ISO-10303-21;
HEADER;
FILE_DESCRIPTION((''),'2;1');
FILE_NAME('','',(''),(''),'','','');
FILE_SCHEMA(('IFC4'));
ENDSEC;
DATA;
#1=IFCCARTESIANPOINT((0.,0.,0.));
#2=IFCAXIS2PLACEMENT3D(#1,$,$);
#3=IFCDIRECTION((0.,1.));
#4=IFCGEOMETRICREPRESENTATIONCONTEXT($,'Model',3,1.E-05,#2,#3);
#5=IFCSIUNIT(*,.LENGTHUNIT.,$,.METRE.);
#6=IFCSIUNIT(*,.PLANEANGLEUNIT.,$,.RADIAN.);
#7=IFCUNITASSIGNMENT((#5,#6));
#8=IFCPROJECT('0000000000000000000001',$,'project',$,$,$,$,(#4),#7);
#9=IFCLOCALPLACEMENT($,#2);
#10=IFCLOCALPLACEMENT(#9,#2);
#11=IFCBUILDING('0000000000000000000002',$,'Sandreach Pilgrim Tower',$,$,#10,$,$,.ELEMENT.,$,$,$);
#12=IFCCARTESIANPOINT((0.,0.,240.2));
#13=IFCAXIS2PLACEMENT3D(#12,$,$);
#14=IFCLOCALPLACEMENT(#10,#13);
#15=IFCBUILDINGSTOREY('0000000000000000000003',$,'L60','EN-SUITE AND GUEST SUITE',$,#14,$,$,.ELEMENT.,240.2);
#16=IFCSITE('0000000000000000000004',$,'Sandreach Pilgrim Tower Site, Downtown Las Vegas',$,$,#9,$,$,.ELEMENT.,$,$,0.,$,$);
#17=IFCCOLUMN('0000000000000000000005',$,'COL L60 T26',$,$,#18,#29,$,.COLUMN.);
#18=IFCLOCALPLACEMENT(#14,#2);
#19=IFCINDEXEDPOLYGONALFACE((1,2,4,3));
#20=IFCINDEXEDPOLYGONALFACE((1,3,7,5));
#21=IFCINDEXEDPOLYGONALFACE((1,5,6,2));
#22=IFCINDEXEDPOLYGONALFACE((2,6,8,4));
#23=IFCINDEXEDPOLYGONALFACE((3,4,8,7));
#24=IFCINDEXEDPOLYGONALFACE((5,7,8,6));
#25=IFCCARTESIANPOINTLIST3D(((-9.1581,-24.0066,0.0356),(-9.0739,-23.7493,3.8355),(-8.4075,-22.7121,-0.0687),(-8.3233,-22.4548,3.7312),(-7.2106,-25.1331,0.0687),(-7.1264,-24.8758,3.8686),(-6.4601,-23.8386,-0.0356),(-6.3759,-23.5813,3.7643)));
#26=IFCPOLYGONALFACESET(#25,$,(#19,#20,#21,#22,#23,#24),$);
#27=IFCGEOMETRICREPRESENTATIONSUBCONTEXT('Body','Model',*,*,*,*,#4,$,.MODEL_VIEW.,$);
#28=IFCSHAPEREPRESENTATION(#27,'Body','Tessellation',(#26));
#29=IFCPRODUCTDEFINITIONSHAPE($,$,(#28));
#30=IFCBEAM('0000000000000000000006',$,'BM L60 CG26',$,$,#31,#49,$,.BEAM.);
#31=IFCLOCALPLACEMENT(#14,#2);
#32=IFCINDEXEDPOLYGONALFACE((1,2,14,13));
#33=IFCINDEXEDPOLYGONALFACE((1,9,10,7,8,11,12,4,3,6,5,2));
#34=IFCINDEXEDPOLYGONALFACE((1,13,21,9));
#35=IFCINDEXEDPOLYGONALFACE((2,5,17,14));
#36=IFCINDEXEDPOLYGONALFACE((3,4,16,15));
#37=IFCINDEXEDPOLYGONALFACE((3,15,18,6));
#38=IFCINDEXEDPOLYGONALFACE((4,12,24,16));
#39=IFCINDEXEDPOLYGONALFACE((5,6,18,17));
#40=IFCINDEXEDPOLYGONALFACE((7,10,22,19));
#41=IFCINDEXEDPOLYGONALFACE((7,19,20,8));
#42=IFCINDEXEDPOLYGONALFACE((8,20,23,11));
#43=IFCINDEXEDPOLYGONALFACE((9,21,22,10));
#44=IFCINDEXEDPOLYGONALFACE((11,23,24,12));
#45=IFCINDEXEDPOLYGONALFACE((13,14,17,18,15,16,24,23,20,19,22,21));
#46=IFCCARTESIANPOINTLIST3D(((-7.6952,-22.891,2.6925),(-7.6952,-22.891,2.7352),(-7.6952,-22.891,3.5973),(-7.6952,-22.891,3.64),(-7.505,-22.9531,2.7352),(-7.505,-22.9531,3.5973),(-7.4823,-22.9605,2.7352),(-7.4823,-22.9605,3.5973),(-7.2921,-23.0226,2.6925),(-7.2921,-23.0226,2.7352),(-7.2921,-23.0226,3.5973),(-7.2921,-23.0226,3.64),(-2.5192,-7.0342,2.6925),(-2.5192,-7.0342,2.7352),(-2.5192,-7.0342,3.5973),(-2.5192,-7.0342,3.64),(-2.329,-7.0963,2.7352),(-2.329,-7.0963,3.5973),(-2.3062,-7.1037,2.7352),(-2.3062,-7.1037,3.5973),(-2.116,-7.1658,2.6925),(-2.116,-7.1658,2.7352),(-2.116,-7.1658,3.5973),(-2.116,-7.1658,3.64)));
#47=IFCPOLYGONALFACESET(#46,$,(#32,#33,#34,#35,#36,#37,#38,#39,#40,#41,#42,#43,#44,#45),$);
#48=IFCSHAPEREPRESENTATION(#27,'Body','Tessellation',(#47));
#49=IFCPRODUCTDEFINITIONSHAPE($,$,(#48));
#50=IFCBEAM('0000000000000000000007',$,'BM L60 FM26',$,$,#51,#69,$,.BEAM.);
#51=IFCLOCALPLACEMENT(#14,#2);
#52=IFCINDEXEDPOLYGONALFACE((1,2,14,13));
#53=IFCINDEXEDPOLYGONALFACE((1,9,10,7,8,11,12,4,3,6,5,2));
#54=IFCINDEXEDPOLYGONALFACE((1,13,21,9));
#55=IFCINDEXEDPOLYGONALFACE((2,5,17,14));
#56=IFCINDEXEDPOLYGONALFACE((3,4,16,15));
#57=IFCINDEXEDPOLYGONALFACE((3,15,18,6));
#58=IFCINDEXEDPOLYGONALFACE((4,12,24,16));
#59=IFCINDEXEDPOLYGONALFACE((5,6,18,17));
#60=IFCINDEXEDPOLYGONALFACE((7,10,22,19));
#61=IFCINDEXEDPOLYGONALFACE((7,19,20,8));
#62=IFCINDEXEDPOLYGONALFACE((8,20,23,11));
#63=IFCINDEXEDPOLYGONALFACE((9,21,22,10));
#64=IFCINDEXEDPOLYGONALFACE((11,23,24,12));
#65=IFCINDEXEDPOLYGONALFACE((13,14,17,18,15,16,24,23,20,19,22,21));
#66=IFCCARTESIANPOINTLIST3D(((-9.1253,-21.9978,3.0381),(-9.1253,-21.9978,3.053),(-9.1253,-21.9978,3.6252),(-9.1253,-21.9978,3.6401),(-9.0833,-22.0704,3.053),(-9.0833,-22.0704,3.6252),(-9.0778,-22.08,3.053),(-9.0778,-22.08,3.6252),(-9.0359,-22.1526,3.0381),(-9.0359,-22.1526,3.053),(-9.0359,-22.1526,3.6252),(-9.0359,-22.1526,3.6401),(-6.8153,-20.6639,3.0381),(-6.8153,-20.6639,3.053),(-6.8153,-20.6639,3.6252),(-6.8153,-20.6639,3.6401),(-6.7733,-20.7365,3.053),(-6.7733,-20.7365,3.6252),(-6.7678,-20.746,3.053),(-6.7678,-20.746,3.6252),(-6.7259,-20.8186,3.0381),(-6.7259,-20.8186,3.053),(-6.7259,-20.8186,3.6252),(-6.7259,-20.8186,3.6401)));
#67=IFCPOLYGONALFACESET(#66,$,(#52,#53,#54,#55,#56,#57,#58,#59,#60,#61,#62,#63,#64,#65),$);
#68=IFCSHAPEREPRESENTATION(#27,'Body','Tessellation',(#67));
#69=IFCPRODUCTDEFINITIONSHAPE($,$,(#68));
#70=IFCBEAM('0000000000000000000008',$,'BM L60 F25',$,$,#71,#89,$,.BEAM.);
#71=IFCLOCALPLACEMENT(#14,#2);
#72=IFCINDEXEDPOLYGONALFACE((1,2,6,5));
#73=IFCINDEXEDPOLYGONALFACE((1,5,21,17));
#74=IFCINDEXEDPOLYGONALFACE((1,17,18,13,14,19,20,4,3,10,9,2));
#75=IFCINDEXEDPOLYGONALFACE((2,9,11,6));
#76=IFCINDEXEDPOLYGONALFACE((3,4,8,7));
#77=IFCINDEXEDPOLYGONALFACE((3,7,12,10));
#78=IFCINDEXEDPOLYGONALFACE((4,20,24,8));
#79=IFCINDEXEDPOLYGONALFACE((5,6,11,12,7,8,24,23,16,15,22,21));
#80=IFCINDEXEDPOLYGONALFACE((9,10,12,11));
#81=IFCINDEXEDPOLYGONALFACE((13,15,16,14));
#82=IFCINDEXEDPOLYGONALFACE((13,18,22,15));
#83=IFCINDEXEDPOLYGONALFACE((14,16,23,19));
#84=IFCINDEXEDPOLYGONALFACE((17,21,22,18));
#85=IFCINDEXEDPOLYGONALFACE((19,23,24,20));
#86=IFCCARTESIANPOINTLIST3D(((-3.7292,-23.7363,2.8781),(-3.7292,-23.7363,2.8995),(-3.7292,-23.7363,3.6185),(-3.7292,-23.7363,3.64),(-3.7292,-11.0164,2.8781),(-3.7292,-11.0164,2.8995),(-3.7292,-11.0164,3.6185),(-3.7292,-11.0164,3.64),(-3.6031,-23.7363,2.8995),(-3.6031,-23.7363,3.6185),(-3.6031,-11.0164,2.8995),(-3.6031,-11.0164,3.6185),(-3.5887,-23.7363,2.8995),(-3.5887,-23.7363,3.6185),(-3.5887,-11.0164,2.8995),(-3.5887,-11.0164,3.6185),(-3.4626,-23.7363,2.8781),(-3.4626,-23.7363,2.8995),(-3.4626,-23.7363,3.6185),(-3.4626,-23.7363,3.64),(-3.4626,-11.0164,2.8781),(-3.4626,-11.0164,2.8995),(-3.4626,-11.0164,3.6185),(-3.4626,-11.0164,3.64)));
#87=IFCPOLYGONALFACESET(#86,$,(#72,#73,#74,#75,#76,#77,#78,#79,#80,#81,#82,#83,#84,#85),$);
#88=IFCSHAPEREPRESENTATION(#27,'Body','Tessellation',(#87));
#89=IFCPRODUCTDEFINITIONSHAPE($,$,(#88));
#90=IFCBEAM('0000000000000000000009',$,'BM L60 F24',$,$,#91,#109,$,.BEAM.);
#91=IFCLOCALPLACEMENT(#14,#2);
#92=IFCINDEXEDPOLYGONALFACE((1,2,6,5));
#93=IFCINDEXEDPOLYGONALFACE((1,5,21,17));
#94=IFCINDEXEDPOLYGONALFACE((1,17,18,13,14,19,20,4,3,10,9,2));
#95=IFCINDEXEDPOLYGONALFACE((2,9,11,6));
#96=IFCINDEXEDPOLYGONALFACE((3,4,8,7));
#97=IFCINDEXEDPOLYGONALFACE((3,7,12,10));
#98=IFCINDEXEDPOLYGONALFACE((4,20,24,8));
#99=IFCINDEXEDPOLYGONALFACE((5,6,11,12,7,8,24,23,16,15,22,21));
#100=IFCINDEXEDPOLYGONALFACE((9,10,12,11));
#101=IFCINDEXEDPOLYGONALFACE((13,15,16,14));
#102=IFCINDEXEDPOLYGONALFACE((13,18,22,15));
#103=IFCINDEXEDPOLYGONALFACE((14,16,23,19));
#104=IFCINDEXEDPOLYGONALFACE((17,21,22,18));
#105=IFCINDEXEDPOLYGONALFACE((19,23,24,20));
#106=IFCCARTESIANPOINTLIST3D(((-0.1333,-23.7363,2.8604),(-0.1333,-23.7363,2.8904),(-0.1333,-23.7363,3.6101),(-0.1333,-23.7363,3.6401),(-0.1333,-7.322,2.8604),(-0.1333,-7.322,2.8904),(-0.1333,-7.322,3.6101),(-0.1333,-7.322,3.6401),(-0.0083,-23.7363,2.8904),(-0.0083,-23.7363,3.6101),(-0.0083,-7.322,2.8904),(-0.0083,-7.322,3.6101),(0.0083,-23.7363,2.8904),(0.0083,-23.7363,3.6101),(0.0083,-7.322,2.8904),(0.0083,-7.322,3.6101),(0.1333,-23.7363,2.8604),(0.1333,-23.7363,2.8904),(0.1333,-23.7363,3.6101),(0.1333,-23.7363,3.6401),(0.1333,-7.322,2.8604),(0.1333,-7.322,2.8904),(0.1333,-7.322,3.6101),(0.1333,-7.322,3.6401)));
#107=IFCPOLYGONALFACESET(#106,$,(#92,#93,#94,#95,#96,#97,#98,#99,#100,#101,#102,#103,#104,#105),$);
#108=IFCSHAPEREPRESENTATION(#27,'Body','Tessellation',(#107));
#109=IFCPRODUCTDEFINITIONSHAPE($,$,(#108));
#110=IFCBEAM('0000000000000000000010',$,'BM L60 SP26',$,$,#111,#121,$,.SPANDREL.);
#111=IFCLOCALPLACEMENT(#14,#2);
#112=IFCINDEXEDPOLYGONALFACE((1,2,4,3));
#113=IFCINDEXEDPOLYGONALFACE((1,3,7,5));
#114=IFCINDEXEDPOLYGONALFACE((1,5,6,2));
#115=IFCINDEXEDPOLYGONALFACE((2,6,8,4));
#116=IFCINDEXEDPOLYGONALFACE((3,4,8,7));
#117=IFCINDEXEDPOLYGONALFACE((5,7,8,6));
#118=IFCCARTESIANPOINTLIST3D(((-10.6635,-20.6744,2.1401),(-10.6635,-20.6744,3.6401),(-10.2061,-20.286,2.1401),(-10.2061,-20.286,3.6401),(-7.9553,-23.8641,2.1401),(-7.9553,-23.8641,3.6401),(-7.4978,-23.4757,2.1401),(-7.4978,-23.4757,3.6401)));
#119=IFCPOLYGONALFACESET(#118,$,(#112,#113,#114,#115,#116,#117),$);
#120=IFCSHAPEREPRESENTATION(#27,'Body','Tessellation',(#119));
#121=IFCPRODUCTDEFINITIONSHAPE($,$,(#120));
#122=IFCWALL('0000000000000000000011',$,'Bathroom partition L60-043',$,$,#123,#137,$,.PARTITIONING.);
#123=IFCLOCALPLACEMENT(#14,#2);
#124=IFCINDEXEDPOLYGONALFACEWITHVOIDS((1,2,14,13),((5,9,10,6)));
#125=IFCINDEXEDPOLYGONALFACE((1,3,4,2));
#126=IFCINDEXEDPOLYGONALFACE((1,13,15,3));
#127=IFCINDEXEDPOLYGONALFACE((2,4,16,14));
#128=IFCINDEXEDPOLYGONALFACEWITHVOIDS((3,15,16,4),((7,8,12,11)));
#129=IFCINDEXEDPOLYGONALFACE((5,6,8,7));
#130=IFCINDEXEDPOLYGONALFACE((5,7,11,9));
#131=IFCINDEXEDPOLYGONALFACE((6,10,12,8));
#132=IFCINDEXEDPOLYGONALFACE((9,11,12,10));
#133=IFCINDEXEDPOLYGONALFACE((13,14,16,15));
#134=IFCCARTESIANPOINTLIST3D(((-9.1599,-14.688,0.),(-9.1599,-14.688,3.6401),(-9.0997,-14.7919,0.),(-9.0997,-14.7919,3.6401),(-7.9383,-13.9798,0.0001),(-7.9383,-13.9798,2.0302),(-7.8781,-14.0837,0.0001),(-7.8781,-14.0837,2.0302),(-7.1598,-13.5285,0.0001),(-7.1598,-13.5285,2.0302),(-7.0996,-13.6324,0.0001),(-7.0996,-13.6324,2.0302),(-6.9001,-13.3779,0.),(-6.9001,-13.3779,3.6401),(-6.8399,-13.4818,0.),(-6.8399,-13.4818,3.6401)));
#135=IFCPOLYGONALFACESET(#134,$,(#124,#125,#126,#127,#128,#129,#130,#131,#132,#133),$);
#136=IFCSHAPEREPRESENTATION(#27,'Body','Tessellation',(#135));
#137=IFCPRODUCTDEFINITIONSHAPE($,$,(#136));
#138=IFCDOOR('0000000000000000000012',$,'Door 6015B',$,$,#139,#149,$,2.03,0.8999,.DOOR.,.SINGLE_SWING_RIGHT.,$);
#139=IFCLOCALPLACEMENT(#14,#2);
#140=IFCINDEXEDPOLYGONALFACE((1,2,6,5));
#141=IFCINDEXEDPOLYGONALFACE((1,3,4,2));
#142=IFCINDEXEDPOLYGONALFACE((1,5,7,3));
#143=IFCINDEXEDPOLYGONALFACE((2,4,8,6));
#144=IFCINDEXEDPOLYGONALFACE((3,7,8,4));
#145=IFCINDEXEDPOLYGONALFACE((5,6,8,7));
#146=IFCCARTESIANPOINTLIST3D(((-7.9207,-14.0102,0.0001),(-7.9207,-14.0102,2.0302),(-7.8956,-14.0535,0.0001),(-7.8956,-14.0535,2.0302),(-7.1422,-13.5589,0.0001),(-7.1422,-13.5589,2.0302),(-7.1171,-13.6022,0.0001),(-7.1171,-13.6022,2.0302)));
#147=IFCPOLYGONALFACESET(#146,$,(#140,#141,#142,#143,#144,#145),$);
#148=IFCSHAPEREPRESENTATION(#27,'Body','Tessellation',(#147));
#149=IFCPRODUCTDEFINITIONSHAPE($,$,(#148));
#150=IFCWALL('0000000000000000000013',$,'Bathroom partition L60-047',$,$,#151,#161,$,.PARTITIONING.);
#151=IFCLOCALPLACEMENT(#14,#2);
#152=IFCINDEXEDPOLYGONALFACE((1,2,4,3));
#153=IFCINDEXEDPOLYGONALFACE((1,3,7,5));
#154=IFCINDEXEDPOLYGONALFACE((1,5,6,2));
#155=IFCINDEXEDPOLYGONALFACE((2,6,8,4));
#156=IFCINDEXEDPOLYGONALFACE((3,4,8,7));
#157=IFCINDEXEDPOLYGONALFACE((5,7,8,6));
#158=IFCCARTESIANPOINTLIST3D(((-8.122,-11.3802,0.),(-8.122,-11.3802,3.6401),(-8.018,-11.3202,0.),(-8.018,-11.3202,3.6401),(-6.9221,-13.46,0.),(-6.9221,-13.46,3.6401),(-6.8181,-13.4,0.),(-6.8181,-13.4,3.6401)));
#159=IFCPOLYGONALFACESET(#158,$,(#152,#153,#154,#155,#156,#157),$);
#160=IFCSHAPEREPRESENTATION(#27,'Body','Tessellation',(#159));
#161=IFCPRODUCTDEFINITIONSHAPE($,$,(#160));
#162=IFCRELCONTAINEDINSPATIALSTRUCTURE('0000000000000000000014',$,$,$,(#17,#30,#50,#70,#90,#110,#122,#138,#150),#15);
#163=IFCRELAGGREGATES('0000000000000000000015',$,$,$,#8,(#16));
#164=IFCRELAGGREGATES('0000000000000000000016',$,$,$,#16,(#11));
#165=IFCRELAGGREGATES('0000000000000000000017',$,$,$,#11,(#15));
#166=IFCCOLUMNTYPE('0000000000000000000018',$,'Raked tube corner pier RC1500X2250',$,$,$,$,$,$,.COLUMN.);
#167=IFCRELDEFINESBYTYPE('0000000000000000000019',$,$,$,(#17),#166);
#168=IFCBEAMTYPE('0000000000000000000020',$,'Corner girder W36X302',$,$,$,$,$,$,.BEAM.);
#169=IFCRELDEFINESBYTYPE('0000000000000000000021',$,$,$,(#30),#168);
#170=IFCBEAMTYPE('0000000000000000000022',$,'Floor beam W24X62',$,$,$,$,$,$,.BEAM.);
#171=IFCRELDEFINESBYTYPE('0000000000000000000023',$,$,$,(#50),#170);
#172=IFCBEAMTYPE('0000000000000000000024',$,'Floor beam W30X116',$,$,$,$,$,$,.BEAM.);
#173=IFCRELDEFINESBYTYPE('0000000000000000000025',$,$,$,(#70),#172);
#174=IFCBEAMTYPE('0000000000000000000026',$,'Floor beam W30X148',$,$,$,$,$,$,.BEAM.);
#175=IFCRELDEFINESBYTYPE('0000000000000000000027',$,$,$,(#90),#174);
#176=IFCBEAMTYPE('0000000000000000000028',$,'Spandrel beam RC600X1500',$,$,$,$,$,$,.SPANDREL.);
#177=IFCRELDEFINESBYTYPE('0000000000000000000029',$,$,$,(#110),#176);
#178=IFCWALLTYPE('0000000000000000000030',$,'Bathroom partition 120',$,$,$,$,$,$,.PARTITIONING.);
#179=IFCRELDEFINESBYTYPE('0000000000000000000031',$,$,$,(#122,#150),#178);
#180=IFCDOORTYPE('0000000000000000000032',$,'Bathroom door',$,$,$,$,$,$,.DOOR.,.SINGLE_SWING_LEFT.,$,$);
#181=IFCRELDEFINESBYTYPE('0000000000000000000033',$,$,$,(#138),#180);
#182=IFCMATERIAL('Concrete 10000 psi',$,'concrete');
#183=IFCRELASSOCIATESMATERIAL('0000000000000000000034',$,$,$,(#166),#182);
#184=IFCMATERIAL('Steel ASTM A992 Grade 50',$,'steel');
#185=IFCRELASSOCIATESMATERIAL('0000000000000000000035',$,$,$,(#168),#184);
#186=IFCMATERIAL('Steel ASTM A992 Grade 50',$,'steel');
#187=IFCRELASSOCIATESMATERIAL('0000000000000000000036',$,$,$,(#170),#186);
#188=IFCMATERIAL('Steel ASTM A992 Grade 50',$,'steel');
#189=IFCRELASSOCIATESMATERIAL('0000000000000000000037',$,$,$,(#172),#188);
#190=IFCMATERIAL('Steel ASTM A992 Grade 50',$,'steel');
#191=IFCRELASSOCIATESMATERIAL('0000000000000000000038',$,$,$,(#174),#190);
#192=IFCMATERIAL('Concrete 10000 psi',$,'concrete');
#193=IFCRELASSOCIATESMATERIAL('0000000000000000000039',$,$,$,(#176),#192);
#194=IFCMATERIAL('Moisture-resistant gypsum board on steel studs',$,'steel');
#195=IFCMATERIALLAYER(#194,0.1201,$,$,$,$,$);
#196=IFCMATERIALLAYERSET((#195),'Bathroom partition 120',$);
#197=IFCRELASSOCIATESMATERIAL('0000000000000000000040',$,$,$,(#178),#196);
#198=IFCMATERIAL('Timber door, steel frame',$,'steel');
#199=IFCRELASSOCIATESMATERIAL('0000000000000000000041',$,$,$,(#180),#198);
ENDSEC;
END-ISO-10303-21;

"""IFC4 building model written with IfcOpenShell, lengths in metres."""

from ifc_helpers import new_model, si_unit, direction, frame, frame_2d, origin, origin_2d, place, context, subcontext, project, spatial, rectangle, i_section, extrude, material, layer, layer_set, material_profile, profile_set, type_object, element, fill, save


model = new_model("IFC4")

# Units and contexts
model_context = context("Model", 3, precision=1e-05, world=origin(), true_north=direction((0.0, 1.0)))
body_context = subcontext(model_context, "Body", "Model", "MODEL_VIEW")
ifc_project = project(units=[si_unit("LENGTHUNIT", "METRE"), si_unit("PLANEANGLEUNIT", "RADIAN")], contexts=[model_context])

# Site, building, storey
site_placement = place(None, origin())
site = spatial("IfcSite", under=ifc_project, at=site_placement, Name="Sandreach Pilgrim Tower Site, Downtown Las Vegas", CompositionType="ELEMENT", RefElevation=0.0)
building_placement = place(site_placement, origin())
building = spatial("IfcBuilding", under=site, at=building_placement, Name="Sandreach Pilgrim Tower", CompositionType="ELEMENT")
storey_placement = place(building_placement, frame((0.0, 0.0, 240.2)))
storey = spatial("IfcBuildingStorey", under=building, at=storey_placement, Name="L60", Description="EN-SUITE AND GUEST SUITE", CompositionType="ELEMENT", Elevation=240.2)

# Column
ifc_material_1 = material(Name="Concrete 10000 psi", Category="concrete")
ifc_material_profile_1 = material_profile(ifc_material_1, rectangle(XDim=1.5, YDim=2.25, at=origin_2d()), Name="RC1500X2250")
ifc_profile_set_1 = profile_set([ifc_material_profile_1], Name="Concrete 10000 psi")
column_type = type_object("IfcColumnType", Name="Raked tube corner pier RC1500X2250", PredefinedType="COLUMN", material=ifc_profile_set_1)
column_placement = place(storey_placement, frame((-7.8091, -23.9226, 0.0), z_axis=(0.022109, 0.067545, 0.997471), x_axis=(-0.500376, -0.863012, 0.069531)))
element("IfcColumn", 1, at=column_placement, inside=storey, type_object=column_type, Name="COL L60 T26", PredefinedType="COLUMN", context=body_context, shape_type="SweptSolid", body=[
    extrude(rectangle(XDim=1.5, YDim=2.25, at=origin_2d()), origin(), (0.0, 0.0, 1.0), 3.8096),
])

# Beams
ifc_material_2 = material(Name="Steel ASTM A992 Grade 50", Category="steel")
ifc_material_profile_2 = material_profile(ifc_material_2, i_section(OverallWidth=0.4241, OverallDepth=0.9475, WebThickness=0.0239, FlangeThickness=0.0427, at=origin_2d()), Name="W36X302")
ifc_profile_set_2 = profile_set([ifc_material_profile_2], Name="Steel ASTM A992 Grade 50")
beam_type_1 = type_object("IfcBeamType", Name="Corner girder W36X302", PredefinedType="BEAM", material=ifc_profile_set_2)
beam_1_placement = place(storey_placement, frame((-7.4937, -22.9568, 3.1663), z_axis=(0.310311, 0.950635, 0.0), x_axis=(-0.950635, 0.310311, 0.0)))
element("IfcBeam", 2, at=beam_1_placement, inside=storey, type_object=beam_type_1, Name="BM L60 CG26", PredefinedType="BEAM", context=body_context, shape_type="SweptSolid", body=[
    extrude(i_section(OverallWidth=0.4241, OverallDepth=0.9475, WebThickness=0.0239, FlangeThickness=0.0427, at=origin_2d()), origin(), (0.0, 0.0, 1.0), 16.6802),
])
ifc_material_3 = material(Name="Steel ASTM A992 Grade 50", Category="steel")
ifc_material_profile_3 = material_profile(ifc_material_3, i_section(OverallWidth=0.1787, OverallDepth=0.6021, WebThickness=0.011, FlangeThickness=0.0149, at=origin_2d()), Name="W24X62")
ifc_profile_set_3 = profile_set([ifc_material_profile_3], Name="Steel ASTM A992 Grade 50")
beam_type_2 = type_object("IfcBeamType", Name="Floor beam W24X62", PredefinedType="BEAM", material=ifc_profile_set_3)
beam_2_placement = place(storey_placement, frame((-9.0806, -22.0752, 3.3391), z_axis=(0.865981, 0.500076, 0.0), x_axis=(-0.500076, 0.865981, 0.0)))
element("IfcBeam", 3, at=beam_2_placement, inside=storey, type_object=beam_type_2, Name="BM L60 FM26", PredefinedType="BEAM", context=body_context, shape_type="SweptSolid", body=[
    extrude(i_section(OverallWidth=0.1787, OverallDepth=0.6021, WebThickness=0.011, FlangeThickness=0.0149, at=origin_2d()), origin(), (0.0, 0.0, 1.0), 2.6675),
])
ifc_material_4 = material(Name="Steel ASTM A992 Grade 50", Category="steel")
ifc_material_profile_4 = material_profile(ifc_material_4, i_section(OverallWidth=0.2666, OverallDepth=0.762, WebThickness=0.0144, FlangeThickness=0.0215, at=origin_2d()), Name="W30X116")
ifc_profile_set_4 = profile_set([ifc_material_profile_4], Name="Steel ASTM A992 Grade 50")
beam_type_3 = type_object("IfcBeamType", Name="Floor beam W30X116", PredefinedType="BEAM", material=ifc_profile_set_4)
beam_3_placement = place(storey_placement, frame((-3.5959, -23.7363, 3.259), z_axis=(0.0, 1.0, 0.0), x_axis=(-1.0, 0.0, 0.0)))
element("IfcBeam", 4, at=beam_3_placement, inside=storey, type_object=beam_type_3, Name="BM L60 F25", PredefinedType="BEAM", context=body_context, shape_type="SweptSolid", body=[
    extrude(i_section(OverallWidth=0.2666, OverallDepth=0.762, WebThickness=0.0144, FlangeThickness=0.0215, at=origin_2d()), origin(), (0.0, 0.0, 1.0), 12.72),
])
ifc_material_5 = material(Name="Steel ASTM A992 Grade 50", Category="steel")
ifc_material_profile_5 = material_profile(ifc_material_5, i_section(OverallWidth=0.2666, OverallDepth=0.7798, WebThickness=0.0166, FlangeThickness=0.03, at=origin_2d()), Name="W30X148")
ifc_profile_set_5 = profile_set([ifc_material_profile_5], Name="Steel ASTM A992 Grade 50")
beam_type_4 = type_object("IfcBeamType", Name="Floor beam W30X148", PredefinedType="BEAM", material=ifc_profile_set_5)
beam_4_placement = place(storey_placement, frame((0.0, -23.7363, 3.2502), z_axis=(0.0, 1.0, 0.0), x_axis=(-1.0, 0.0, 0.0)))
element("IfcBeam", 5, at=beam_4_placement, inside=storey, type_object=beam_type_4, Name="BM L60 F24", PredefinedType="BEAM", context=body_context, shape_type="SweptSolid", body=[
    extrude(i_section(OverallWidth=0.2666, OverallDepth=0.7798, WebThickness=0.0166, FlangeThickness=0.03, at=origin_2d()), origin(), (0.0, 0.0, 1.0), 16.4143),
])
ifc_material_6 = material(Name="Concrete 10000 psi", Category="concrete")
ifc_material_profile_6 = material_profile(ifc_material_6, rectangle(XDim=0.6001, YDim=1.5, at=origin_2d()), Name="RC600X1500")
ifc_profile_set_6 = profile_set([ifc_material_profile_6], Name="Concrete 10000 psi")
beam_type_5 = type_object("IfcBeamType", Name="Spandrel beam RC600X1500", PredefinedType="SPANDREL", material=ifc_profile_set_6)
beam_5_placement = place(storey_placement, frame((-7.7266, -23.6699, 2.8901), z_axis=(-0.647233, 0.762292, 0.0), x_axis=(-0.762292, -0.647233, 0.0)))
element("IfcBeam", 6, at=beam_5_placement, inside=storey, type_object=beam_type_5, Name="BM L60 SP26", PredefinedType="SPANDREL", context=body_context, shape_type="SweptSolid", body=[
    extrude(rectangle(XDim=0.6001, YDim=1.5, at=origin_2d()), origin(), (0.0, 0.0, 1.0), 4.1843),
])

# Wall, opening, door
ifc_material_7 = material(Name="Moisture-resistant gypsum board on steel studs", Category="steel")
ifc_layer_1 = layer(ifc_material_7, 0.1201)
ifc_layer_set_1 = layer_set([ifc_layer_1], Name="Bathroom partition 120")
wall_type_1 = type_object("IfcWallType", Name="Bathroom partition 120", PredefinedType="PARTITIONING", material=ifc_layer_set_1)
wall_1_placement = place(storey_placement, frame((-9.1299, -14.74, 0.0), z_axis=(0.0, 0.0, 1.0), x_axis=(0.865132, 0.501545, 0.0)))
wall_1 = element("IfcWall", 7, at=wall_1_placement, inside=storey, type_object=wall_type_1, Name="Bathroom partition L60-043", PredefinedType="PARTITIONING", context=body_context, shape_type="SweptSolid", body=[
    extrude(rectangle(XDim=2.6121, YDim=0.1201, at=frame_2d((1.3062, 0.0))), origin(), (0.0, 0.0, 1.0), 3.6401),
])
opening_1_placement = place(wall_1_placement, frame((1.4121, 0.0, 0.0)))
opening_1 = element("IfcOpeningElement", 8, at=opening_1_placement, cuts=wall_1, PredefinedType="OPENING", context=body_context, shape_type="SweptSolid", body=[
    extrude(rectangle(XDim=0.8999, YDim=2.03, at=frame_2d((0.45, 1.0151))), frame((0.0, 0.0601, 0.0), z_axis=(0.0, -1.0, 0.0), x_axis=(1.0, 0.0, 0.0)), (0.0, 0.0, 1.0), 0.1201),
])
ifc_material_8 = material(Name="Timber door, steel frame", Category="steel")
door_type_1 = type_object("IfcDoorType", Name="Bathroom door", OperationType="SINGLE_SWING_LEFT", PredefinedType="DOOR", material=ifc_material_8)
door_1_placement = place(opening_1_placement, origin())
door_1 = element("IfcDoor", 9, at=door_1_placement, inside=storey, type_object=door_type_1, Name="Door 6015B", OperationType="SINGLE_SWING_RIGHT", OverallHeight=2.03, OverallWidth=0.8999, PredefinedType="DOOR", context=body_context, shape_type="SweptSolid", body=[
    extrude(rectangle(XDim=0.8999, YDim=2.03, at=frame_2d((0.45, 1.0151))), frame((0.0, 0.0249, 0.0), z_axis=(0.0, -1.0, 0.0), x_axis=(1.0, 0.0, 0.0)), (0.0, 0.0, 1.0), 0.05),
])
fill(opening_1, door_1)

# Wall
wall_2_placement = place(storey_placement, frame((-8.0701, -11.3501, 0.0), z_axis=(0.0, 0.0, 1.0), x_axis=(0.499737, -0.866177, 0.0)))
element("IfcWall", 10, at=wall_2_placement, inside=storey, type_object=wall_type_1, Name="Bathroom partition L60-047", PredefinedType="PARTITIONING", context=body_context, shape_type="SweptSolid", body=[
    extrude(rectangle(XDim=2.4011, YDim=0.1201, at=frame_2d((1.2007, 0.0))), origin(), (0.0, 0.0, 1.0), 3.6401),
])

save(model, "model.ifc")
